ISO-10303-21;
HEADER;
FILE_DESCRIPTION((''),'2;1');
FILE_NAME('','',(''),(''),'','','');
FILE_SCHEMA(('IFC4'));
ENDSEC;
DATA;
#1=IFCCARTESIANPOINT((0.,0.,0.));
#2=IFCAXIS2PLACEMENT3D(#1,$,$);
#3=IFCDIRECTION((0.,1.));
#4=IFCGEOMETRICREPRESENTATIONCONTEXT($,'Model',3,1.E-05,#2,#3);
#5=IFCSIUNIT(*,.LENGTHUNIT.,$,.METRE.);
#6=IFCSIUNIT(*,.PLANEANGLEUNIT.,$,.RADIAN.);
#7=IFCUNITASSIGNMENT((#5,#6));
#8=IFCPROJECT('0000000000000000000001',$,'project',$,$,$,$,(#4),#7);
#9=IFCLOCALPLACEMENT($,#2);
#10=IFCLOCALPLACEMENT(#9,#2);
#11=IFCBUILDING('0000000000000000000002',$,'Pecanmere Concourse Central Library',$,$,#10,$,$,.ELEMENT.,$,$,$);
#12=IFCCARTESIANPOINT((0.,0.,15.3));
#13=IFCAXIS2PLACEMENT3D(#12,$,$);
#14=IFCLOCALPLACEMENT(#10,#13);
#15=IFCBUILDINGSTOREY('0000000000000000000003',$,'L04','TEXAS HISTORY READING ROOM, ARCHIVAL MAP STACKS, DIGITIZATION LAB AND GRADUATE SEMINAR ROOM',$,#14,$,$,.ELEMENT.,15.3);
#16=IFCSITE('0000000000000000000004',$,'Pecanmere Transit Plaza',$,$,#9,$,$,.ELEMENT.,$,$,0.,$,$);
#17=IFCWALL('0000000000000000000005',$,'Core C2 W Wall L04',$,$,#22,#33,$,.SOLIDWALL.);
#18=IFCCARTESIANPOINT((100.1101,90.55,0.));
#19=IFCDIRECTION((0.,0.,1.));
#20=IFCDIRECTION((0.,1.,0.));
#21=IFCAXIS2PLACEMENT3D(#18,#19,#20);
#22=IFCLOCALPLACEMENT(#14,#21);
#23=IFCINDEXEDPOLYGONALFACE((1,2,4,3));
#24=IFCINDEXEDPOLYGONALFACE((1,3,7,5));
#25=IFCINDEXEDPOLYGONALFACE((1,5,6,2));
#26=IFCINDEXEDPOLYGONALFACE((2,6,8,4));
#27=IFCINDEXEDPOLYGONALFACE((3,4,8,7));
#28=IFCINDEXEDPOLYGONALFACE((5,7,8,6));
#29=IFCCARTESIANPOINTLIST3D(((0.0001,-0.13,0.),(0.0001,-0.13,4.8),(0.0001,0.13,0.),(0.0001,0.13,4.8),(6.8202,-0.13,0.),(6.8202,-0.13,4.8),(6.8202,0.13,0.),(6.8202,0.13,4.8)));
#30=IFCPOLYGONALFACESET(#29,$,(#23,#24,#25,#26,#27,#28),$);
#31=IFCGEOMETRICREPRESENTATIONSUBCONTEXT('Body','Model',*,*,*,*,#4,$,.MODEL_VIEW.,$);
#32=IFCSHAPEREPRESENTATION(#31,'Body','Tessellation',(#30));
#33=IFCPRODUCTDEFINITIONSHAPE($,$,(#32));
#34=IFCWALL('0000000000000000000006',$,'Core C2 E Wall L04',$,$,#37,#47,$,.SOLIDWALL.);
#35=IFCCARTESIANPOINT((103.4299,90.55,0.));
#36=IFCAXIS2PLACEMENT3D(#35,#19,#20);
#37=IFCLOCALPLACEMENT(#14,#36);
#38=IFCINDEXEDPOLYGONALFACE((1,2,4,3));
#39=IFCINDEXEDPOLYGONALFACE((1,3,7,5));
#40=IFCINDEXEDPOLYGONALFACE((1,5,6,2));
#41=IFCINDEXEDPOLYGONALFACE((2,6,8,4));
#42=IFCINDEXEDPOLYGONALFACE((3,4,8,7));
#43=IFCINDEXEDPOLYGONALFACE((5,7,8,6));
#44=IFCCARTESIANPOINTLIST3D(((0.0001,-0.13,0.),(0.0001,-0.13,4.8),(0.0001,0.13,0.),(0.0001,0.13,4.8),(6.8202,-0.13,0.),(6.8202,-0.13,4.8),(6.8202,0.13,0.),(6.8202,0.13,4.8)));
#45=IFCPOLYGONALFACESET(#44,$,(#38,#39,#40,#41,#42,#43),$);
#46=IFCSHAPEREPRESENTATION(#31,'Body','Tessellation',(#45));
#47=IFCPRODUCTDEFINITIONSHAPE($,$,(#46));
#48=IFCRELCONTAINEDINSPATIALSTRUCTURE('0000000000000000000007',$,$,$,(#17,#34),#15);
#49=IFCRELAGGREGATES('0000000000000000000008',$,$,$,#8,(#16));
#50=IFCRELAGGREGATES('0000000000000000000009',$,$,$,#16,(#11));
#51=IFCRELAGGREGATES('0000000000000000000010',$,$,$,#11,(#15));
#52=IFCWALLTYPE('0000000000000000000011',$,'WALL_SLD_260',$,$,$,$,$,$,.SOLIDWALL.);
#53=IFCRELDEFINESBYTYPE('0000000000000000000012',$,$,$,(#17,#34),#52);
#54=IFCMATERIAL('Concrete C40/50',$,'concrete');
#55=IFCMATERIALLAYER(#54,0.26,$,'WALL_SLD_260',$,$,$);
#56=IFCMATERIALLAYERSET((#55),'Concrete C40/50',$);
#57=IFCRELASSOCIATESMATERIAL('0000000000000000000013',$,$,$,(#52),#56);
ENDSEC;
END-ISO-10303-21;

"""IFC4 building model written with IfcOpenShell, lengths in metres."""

from ifc_helpers import new_model, si_unit, direction, frame, frame_2d, origin, place, context, subcontext, project, spatial, rectangle, extrude, material, layer, layer_set, type_object, element, save


model = new_model("IFC4")

# Units and contexts
model_context = context("Model", 3, precision=1e-05, world=origin(), true_north=direction((0.0, 1.0)))
body_context = subcontext(model_context, "Body", "Model", "MODEL_VIEW")
ifc_project = project(units=[si_unit("LENGTHUNIT", "METRE"), si_unit("PLANEANGLEUNIT", "RADIAN")], contexts=[model_context])

# Site, building, storey
site_placement = place(None, origin())
site = spatial("IfcSite", under=ifc_project, at=site_placement, Name="Pecanmere Transit Plaza", CompositionType="ELEMENT", RefElevation=0.0)
building_placement = place(site_placement, origin())
building = spatial("IfcBuilding", under=site, at=building_placement, Name="Pecanmere Concourse Central Library", CompositionType="ELEMENT")
storey_placement = place(building_placement, frame((0.0, 0.0, 15.3)))
storey = spatial("IfcBuildingStorey", under=building, at=storey_placement, Name="L04", Description="TEXAS HISTORY READING ROOM, ARCHIVAL MAP STACKS, DIGITIZATION LAB AND GRADUATE SEMINAR ROOM", CompositionType="ELEMENT", Elevation=15.3)

# Shared definitions
ifc_material_1 = material(Name="Concrete C40/50", Category="concrete")
ifc_layer_1 = layer(ifc_material_1, 0.26, Name="WALL_SLD_260")
ifc_layer_set_1 = layer_set([ifc_layer_1], Name="Concrete C40/50")
wall_type = type_object("IfcWallType", Name="WALL_SLD_260", PredefinedType="SOLIDWALL", material=ifc_layer_set_1)

# Walls
for number, where, z_axis, x_axis, name in (
    (1, (100.1101, 90.55, 0.0), (0.0, 0.0, 1.0), (0.0, 1.0, 0.0), "Core C2 W Wall L04"),
    (2, (103.4299, 90.55, 0.0), (0.0, 0.0, 1.0), (0.0, 1.0, 0.0), "Core C2 E Wall L04"),
):
    element("IfcWall", number, at=place(storey_placement, frame(where, z_axis=z_axis, x_axis=x_axis)), inside=storey, type_object=wall_type, Name=name, PredefinedType="SOLIDWALL", context=body_context, shape_type="SweptSolid", body=[
        extrude(rectangle(XDim=6.8201, YDim=0.26, at=frame_2d((3.4102, 0.0))), origin(), (0.0, 0.0, 1.0), 4.8),
    ])

save(model, "model.ifc")
